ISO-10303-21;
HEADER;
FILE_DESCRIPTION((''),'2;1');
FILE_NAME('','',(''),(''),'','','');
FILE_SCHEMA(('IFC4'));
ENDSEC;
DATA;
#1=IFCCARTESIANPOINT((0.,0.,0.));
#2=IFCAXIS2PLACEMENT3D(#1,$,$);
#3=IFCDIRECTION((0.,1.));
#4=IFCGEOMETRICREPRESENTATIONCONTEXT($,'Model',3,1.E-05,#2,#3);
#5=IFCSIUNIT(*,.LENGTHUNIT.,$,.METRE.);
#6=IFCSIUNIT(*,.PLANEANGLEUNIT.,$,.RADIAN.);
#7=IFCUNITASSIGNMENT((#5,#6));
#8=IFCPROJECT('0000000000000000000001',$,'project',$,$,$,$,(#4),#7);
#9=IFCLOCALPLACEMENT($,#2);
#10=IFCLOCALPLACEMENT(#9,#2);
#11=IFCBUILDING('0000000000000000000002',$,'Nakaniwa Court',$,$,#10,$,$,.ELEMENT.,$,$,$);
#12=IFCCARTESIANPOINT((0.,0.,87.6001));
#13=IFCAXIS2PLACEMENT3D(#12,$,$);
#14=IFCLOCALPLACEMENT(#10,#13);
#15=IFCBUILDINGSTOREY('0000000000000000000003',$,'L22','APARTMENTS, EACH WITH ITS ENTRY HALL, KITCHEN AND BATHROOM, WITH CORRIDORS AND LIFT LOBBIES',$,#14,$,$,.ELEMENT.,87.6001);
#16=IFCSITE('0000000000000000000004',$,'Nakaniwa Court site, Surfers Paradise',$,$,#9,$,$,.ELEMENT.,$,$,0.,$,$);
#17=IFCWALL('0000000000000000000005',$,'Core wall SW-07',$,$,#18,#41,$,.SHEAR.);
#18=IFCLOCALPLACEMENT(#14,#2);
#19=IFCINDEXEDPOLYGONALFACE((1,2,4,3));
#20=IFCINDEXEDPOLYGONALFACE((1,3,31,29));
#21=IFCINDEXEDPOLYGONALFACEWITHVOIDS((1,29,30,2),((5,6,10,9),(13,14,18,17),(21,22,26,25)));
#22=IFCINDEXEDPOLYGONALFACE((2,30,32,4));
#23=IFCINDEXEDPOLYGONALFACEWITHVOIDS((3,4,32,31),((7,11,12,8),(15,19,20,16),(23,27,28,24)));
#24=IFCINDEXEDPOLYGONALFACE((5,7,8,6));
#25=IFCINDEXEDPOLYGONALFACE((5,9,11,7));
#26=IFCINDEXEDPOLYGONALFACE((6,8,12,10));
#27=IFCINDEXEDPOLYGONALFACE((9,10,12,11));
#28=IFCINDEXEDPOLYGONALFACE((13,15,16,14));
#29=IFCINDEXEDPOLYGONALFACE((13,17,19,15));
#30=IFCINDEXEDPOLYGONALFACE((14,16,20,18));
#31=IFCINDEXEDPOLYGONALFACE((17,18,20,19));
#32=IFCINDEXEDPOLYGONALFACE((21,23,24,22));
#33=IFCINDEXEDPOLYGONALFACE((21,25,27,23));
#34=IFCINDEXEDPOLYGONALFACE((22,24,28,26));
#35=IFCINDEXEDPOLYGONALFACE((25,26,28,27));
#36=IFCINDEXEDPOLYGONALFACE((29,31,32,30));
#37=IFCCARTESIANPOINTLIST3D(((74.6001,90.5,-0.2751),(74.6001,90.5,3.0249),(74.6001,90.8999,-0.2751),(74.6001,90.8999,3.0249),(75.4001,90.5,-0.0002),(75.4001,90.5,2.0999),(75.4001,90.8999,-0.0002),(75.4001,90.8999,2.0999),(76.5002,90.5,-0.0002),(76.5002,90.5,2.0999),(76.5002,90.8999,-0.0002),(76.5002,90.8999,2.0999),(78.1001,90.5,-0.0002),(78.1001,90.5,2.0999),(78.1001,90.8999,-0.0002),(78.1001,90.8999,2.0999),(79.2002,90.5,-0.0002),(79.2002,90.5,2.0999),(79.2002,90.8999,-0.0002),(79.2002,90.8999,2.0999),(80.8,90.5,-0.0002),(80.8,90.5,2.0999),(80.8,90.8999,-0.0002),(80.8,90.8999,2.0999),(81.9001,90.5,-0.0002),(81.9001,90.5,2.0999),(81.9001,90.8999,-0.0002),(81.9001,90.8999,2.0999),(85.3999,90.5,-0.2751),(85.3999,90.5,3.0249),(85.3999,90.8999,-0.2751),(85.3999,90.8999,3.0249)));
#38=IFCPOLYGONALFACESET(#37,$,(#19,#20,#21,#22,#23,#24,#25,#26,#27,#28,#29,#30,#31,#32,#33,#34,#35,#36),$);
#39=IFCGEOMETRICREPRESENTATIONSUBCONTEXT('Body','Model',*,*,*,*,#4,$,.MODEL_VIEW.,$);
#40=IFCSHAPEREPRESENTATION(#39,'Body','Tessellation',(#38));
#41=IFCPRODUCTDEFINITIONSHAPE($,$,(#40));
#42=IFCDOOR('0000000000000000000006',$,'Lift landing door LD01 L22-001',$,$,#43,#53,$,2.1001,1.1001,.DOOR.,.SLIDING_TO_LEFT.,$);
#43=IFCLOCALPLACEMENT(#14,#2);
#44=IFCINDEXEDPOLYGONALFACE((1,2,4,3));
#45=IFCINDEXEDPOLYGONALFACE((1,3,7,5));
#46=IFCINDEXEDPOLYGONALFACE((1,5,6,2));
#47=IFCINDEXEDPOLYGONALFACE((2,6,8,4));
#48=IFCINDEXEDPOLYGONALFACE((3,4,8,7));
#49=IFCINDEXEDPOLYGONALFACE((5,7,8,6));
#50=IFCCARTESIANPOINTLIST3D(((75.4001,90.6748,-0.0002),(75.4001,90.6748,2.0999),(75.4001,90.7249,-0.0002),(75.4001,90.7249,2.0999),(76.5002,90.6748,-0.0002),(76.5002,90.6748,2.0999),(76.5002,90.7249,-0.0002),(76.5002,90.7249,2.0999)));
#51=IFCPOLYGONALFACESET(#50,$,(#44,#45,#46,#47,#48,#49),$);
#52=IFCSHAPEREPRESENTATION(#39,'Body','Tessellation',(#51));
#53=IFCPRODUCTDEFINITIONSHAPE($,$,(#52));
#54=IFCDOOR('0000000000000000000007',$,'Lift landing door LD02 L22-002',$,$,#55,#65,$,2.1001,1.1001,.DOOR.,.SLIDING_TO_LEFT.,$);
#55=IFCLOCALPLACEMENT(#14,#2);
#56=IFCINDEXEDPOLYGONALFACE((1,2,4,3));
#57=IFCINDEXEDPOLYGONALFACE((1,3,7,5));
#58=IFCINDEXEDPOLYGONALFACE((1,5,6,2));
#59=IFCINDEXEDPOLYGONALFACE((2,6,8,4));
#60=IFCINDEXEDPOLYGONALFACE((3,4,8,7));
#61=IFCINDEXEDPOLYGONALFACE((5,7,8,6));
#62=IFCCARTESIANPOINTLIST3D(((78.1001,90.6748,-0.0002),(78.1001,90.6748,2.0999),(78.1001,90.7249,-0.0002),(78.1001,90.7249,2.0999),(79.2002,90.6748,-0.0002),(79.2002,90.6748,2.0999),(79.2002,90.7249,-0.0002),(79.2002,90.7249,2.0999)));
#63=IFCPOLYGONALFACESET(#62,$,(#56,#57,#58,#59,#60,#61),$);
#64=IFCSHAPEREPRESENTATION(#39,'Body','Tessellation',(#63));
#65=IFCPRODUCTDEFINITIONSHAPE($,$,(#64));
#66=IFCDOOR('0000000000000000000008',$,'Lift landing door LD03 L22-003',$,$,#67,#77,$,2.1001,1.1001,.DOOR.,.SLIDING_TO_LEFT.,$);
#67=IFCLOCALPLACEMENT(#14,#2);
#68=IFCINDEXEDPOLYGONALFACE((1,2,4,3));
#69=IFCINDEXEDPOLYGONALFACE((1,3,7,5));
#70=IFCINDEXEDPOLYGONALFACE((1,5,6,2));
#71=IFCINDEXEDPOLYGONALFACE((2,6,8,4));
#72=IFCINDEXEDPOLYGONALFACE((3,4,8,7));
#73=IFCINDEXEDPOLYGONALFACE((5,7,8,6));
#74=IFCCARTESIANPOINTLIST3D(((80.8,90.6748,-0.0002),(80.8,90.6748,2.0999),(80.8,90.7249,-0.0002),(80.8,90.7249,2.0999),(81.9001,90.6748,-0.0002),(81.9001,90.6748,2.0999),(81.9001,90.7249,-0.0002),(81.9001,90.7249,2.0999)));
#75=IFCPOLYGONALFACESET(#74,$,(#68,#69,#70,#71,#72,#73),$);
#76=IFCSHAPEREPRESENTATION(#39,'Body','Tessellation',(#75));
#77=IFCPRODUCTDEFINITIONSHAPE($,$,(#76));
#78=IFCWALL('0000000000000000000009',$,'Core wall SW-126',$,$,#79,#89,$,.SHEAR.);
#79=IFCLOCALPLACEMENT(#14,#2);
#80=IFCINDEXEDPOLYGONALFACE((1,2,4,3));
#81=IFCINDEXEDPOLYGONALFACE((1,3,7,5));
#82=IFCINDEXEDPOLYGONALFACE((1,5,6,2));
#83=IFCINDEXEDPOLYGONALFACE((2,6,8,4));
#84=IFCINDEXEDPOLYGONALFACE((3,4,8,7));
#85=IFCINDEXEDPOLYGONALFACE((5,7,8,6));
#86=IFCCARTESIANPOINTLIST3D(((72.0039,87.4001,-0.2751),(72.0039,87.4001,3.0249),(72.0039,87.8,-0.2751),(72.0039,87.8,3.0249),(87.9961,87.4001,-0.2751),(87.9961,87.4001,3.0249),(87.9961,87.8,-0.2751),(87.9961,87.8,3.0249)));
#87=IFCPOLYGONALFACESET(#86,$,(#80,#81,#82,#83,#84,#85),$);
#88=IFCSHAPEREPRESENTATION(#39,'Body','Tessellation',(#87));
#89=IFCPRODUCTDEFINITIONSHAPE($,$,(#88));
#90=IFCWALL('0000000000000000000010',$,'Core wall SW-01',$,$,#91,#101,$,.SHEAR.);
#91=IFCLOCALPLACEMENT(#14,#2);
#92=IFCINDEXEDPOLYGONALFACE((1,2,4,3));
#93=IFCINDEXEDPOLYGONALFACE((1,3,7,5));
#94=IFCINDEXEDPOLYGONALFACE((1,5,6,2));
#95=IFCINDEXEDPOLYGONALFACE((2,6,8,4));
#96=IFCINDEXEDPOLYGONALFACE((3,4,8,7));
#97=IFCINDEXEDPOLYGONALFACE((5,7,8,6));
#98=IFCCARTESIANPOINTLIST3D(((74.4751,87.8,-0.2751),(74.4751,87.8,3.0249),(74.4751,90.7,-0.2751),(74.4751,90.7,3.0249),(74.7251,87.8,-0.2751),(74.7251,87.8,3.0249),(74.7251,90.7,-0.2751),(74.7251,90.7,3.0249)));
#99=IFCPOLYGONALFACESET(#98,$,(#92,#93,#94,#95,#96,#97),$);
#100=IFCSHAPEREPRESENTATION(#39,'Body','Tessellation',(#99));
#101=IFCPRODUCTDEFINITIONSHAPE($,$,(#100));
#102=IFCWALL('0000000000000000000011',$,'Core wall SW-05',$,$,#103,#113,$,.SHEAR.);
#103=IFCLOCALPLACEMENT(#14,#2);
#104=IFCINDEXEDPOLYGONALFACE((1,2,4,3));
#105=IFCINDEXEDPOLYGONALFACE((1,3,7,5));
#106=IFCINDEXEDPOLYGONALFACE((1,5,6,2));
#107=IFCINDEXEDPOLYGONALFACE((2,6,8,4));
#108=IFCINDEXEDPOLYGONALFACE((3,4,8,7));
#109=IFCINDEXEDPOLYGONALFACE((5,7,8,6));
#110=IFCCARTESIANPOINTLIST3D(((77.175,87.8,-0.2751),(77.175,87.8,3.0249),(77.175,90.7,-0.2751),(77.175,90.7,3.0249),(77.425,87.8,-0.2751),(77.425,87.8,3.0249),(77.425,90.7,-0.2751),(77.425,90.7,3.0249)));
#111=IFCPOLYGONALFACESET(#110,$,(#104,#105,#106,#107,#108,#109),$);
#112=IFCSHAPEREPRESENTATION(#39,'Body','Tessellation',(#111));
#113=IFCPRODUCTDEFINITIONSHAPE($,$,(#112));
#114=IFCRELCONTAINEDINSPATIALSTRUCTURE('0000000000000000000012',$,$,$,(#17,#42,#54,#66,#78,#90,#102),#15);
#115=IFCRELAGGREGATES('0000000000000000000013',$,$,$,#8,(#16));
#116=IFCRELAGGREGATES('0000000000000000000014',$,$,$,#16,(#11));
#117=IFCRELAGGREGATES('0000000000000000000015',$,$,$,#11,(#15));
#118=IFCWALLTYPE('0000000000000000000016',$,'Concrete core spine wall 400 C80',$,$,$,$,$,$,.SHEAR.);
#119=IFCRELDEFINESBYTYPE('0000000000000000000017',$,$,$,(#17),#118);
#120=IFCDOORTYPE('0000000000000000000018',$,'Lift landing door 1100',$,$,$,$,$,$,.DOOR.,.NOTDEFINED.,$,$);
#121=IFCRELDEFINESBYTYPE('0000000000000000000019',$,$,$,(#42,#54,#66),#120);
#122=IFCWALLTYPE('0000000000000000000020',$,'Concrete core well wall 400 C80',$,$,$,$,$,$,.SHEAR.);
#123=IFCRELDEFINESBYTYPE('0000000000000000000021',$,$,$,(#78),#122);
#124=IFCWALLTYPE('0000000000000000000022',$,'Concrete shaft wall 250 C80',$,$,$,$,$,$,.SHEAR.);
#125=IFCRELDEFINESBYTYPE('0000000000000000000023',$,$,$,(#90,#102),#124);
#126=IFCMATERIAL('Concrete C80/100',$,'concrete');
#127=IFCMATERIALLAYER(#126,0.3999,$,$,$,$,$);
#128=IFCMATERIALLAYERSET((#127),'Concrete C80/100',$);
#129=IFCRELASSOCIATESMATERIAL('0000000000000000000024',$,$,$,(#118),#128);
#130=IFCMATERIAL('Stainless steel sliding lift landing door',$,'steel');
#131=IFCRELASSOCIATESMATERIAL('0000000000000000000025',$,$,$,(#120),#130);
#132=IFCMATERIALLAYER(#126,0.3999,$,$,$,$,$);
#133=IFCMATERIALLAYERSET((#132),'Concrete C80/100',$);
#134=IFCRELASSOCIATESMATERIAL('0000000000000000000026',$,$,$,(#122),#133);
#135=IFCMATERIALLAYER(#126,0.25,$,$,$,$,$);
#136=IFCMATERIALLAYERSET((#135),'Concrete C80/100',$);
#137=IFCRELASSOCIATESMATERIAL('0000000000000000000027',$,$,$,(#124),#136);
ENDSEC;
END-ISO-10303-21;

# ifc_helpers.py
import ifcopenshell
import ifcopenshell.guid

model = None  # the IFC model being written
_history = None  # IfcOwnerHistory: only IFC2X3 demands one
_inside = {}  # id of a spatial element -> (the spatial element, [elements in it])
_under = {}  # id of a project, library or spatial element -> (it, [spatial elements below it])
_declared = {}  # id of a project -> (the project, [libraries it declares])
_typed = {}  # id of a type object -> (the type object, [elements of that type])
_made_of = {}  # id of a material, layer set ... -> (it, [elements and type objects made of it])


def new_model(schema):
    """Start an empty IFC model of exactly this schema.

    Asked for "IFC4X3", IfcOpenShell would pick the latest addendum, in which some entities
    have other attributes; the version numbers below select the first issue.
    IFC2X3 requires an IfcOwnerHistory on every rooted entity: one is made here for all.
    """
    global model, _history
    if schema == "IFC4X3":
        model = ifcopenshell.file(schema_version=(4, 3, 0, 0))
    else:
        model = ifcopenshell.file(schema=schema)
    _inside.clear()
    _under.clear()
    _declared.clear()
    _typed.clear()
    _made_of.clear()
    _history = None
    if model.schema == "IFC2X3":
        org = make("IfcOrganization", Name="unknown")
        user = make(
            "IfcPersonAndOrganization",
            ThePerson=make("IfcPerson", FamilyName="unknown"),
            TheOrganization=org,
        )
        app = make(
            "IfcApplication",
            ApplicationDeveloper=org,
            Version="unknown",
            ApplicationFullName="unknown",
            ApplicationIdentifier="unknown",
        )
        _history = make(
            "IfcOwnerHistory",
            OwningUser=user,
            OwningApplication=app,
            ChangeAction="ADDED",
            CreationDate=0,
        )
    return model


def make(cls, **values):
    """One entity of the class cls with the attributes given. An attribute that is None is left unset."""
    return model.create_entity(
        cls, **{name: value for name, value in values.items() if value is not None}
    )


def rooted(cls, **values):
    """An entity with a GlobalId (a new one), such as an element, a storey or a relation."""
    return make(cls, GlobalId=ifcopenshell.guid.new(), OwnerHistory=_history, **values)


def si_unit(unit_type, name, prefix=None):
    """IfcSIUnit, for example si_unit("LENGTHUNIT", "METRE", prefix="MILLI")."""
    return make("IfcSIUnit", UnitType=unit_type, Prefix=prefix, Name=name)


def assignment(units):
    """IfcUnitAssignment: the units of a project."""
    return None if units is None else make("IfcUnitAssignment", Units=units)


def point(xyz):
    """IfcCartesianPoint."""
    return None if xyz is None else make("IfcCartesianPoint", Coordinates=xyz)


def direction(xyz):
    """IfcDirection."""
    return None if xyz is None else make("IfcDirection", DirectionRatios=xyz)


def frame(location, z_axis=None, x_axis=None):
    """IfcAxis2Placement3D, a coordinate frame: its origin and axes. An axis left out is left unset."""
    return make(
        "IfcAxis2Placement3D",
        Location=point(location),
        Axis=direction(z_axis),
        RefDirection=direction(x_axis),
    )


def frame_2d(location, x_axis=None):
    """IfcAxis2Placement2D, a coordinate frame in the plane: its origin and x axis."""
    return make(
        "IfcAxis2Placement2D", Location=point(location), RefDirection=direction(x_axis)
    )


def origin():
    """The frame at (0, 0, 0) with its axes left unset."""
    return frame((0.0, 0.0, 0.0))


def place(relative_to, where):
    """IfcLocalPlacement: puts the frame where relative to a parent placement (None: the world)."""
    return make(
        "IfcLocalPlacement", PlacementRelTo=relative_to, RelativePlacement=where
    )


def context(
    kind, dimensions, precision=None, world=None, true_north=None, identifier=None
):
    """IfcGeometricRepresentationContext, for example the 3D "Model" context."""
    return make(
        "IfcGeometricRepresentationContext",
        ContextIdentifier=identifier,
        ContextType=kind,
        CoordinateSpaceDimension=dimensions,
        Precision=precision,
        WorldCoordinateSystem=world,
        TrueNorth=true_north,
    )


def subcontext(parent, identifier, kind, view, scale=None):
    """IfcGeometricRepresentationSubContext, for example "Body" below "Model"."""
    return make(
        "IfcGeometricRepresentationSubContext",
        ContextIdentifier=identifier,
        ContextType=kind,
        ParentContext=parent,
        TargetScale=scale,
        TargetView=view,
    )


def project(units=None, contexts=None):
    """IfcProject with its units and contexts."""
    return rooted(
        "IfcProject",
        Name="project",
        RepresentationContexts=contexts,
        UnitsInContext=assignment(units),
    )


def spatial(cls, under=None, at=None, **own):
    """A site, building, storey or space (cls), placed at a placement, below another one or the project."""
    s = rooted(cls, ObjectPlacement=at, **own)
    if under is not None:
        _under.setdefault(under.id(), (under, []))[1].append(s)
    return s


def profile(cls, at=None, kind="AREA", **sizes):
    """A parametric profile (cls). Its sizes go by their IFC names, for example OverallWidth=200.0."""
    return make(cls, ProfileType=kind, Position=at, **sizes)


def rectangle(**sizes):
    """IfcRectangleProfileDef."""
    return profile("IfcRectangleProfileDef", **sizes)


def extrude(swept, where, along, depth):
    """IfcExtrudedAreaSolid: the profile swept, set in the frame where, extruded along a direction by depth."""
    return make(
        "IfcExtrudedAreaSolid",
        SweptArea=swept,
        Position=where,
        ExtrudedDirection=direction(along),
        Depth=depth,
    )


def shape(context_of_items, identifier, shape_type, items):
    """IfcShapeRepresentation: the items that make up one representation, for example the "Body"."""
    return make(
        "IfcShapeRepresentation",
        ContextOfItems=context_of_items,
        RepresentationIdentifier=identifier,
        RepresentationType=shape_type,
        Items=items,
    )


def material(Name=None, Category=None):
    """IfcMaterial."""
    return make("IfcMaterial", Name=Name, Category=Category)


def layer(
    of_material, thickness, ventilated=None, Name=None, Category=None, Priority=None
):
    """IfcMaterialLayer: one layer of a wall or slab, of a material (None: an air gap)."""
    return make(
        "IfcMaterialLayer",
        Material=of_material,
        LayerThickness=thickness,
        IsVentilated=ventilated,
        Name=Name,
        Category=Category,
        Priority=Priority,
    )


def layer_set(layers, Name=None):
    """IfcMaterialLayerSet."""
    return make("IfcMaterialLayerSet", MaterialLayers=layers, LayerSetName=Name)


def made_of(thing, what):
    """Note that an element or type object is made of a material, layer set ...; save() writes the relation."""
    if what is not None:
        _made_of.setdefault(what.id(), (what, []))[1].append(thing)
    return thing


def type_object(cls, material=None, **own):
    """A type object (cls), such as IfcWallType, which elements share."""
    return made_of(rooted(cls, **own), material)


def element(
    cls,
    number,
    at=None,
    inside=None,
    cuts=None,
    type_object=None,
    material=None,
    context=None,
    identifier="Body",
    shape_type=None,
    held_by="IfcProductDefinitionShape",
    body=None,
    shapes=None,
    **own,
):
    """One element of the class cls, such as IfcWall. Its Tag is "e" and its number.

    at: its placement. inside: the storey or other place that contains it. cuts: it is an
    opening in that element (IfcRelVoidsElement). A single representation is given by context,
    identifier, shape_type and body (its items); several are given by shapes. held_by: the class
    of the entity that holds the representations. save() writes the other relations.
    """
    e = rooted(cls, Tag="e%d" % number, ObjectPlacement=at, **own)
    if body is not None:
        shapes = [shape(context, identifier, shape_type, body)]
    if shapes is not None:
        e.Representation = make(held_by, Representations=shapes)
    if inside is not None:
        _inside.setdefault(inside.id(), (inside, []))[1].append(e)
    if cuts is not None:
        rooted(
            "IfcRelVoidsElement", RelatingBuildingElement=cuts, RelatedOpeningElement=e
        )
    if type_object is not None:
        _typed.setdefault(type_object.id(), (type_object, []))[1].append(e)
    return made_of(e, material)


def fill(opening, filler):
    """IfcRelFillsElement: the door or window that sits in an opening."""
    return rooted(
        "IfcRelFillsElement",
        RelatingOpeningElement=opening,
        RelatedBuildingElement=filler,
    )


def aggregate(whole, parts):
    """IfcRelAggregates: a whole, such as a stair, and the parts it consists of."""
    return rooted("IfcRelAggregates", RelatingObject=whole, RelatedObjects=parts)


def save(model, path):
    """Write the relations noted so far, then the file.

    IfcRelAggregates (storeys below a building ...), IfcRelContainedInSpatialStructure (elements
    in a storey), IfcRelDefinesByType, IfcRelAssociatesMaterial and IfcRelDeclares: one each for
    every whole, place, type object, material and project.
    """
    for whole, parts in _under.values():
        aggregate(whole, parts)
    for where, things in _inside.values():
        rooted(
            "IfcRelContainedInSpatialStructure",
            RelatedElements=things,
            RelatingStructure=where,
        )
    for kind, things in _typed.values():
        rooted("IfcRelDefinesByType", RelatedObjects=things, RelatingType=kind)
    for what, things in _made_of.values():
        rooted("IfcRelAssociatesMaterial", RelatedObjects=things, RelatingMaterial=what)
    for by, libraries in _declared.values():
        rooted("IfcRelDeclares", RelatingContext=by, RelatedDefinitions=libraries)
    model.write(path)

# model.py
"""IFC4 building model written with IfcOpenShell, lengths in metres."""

from ifc_helpers import new_model, si_unit, direction, frame, frame_2d, origin, place, context, subcontext, project, spatial, rectangle, extrude, material, layer, layer_set, type_object, element, fill, save


model = new_model("IFC4")

# Units and contexts
model_context = context("Model", 3, precision=1e-05, world=origin(), true_north=direction((0.0, 1.0)))
body_context = subcontext(model_context, "Body", "Model", "MODEL_VIEW")
ifc_project = project(units=[si_unit("LENGTHUNIT", "METRE"), si_unit("PLANEANGLEUNIT", "RADIAN")], contexts=[model_context])

# Site, building, storey
site_placement = place(None, origin())
site = spatial("IfcSite", under=ifc_project, at=site_placement, Name="Nakaniwa Court site, Surfers Paradise", CompositionType="ELEMENT", RefElevation=0.0)
building_placement = place(site_placement, origin())
building = spatial("IfcBuilding", under=site, at=building_placement, Name="Nakaniwa Court", CompositionType="ELEMENT")
storey_placement = place(building_placement, frame((0.0, 0.0, 87.6001)))
storey = spatial("IfcBuildingStorey", under=building, at=storey_placement, Name="L22", Description="APARTMENTS, EACH WITH ITS ENTRY HALL, KITCHEN AND BATHROOM, WITH CORRIDORS AND LIFT LOBBIES", CompositionType="ELEMENT", Elevation=87.6001)

# Shared definitions
ifc_material_1 = material(Name="Concrete C80/100", Category="concrete")

# Wall, openings, doors
ifc_layer_1 = layer(ifc_material_1, 0.3999)
ifc_layer_set_1 = layer_set([ifc_layer_1], Name="Concrete C80/100")
wall_type_1 = type_object("IfcWallType", Name="Concrete core spine wall 400 C80", PredefinedType="SHEAR", material=ifc_layer_set_1)
wall_1_placement = place(storey_placement, frame((74.6001, 90.7, -0.2751), z_axis=(0.0, 0.0, 1.0), x_axis=(1.0, 0.0, 0.0)))
wall_1 = element("IfcWall", 1, at=wall_1_placement, inside=storey, type_object=wall_type_1, Name="Core wall SW-07", PredefinedType="SHEAR", context=body_context, shape_type="SweptSolid", body=[
    extrude(rectangle(XDim=10.7998, YDim=0.3999, at=frame_2d((5.3999, 0.0))), origin(), (0.0, 0.0, 1.0), 3.3),
])
opening_1_placement = place(wall_1_placement, frame((0.8, 0.0, 0.2749)))
opening_1 = element("IfcOpeningElement", 2, at=opening_1_placement, cuts=wall_1, PredefinedType="OPENING", context=body_context, shape_type="SweptSolid", body=[
    extrude(rectangle(XDim=1.1001, YDim=2.1001, at=frame_2d((0.55, 1.05))), frame((0.0, 0.21, 0.0), z_axis=(0.0, -1.0, 0.0), x_axis=(1.0, 0.0, 0.0)), (0.0, 0.0, 1.0), 0.4199),
])
opening_2_placement = place(wall_1_placement, frame((3.5, 0.0, 0.2749)))
opening_2 = element("IfcOpeningElement", 3, at=opening_2_placement, cuts=wall_1, PredefinedType="OPENING", context=body_context, shape_type="SweptSolid", body=[
    extrude(rectangle(XDim=1.1001, YDim=2.1001, at=frame_2d((0.55, 1.05))), frame((0.0, 0.21, 0.0), z_axis=(0.0, -1.0, 0.0), x_axis=(1.0, 0.0, 0.0)), (0.0, 0.0, 1.0), 0.4199),
])
opening_3_placement = place(wall_1_placement, frame((6.2, 0.0, 0.2749)))
opening_3 = element("IfcOpeningElement", 4, at=opening_3_placement, cuts=wall_1, PredefinedType="OPENING", context=body_context, shape_type="SweptSolid", body=[
    extrude(rectangle(XDim=1.1001, YDim=2.1001, at=frame_2d((0.55, 1.05))), frame((0.0, 0.21, 0.0), z_axis=(0.0, -1.0, 0.0), x_axis=(1.0, 0.0, 0.0)), (0.0, 0.0, 1.0), 0.4199),
])
ifc_material_2 = material(Name="Stainless steel sliding lift landing door", Category="steel")
door_type_1 = type_object("IfcDoorType", Name="Lift landing door 1100", OperationType="NOTDEFINED", PredefinedType="DOOR", material=ifc_material_2)
door_1_placement = place(opening_1_placement, origin())
door_1 = element("IfcDoor", 5, at=door_1_placement, inside=storey, type_object=door_type_1, Name="Lift landing door LD01 L22-001", OperationType="SLIDING_TO_LEFT", OverallHeight=2.1001, OverallWidth=1.1001, PredefinedType="DOOR", context=body_context, shape_type="SweptSolid", body=[
    extrude(rectangle(XDim=1.1001, YDim=2.1001, at=frame_2d((0.55, 1.05))), frame((0.0, 0.0249, 0.0), z_axis=(0.0, -1.0, 0.0), x_axis=(1.0, 0.0, 0.0)), (0.0, 0.0, 1.0), 0.05),
])
fill(opening_1, door_1)
door_2_placement = place(opening_2_placement, origin())
door_2 = element("IfcDoor", 6, at=door_2_placement, inside=storey, type_object=door_type_1, Name="Lift landing door LD02 L22-002", OperationType="SLIDING_TO_LEFT", OverallHeight=2.1001, OverallWidth=1.1001, PredefinedType="DOOR", context=body_context, shape_type="SweptSolid", body=[
    extrude(rectangle(XDim=1.1001, YDim=2.1001, at=frame_2d((0.55, 1.05))), frame((0.0, 0.0249, 0.0), z_axis=(0.0, -1.0, 0.0), x_axis=(1.0, 0.0, 0.0)), (0.0, 0.0, 1.0), 0.05),
])
fill(opening_2, door_2)
door_3_placement = place(opening_3_placement, origin())
door_3 = element("IfcDoor", 7, at=door_3_placement, inside=storey, type_object=door_type_1, Name="Lift landing door LD03 L22-003", OperationType="SLIDING_TO_LEFT", OverallHeight=2.1001, OverallWidth=1.1001, PredefinedType="DOOR", context=body_context, shape_type="SweptSolid", body=[
    extrude(rectangle(XDim=1.1001, YDim=2.1001, at=frame_2d((0.55, 1.05))), frame((0.0, 0.0249, 0.0), z_axis=(0.0, -1.0, 0.0), x_axis=(1.0, 0.0, 0.0)), (0.0, 0.0, 1.0), 0.05),
])
fill(opening_3, door_3)

# Walls
ifc_layer_2 = layer(ifc_material_1, 0.3999)
ifc_layer_set_2 = layer_set([ifc_layer_2], Name="Concrete C80/100")
wall_type_2 = type_object("IfcWallType", Name="Concrete core well wall 400 C80", PredefinedType="SHEAR", material=ifc_layer_set_2)
wall_2_placement = place(storey_placement, frame((72.0039, 87.6001, -0.2751), z_axis=(0.0, 0.0, 1.0), x_axis=(1.0, 0.0, 0.0)))
element("IfcWall", 8, at=wall_2_placement, inside=storey, type_object=wall_type_2, Name="Core wall SW-126", PredefinedType="SHEAR", context=body_context, shape_type="SweptSolid", body=[
    extrude(rectangle(XDim=15.9922, YDim=0.3999, at=frame_2d((7.9961, 0.0))), origin(), (0.0, 0.0, 1.0), 3.3),
])
ifc_layer_3 = layer(ifc_material_1, 0.25)
ifc_layer_set_3 = layer_set([ifc_layer_3], Name="Concrete C80/100")
wall_type_3 = type_object("IfcWallType", Name="Concrete shaft wall 250 C80", PredefinedType="SHEAR", material=ifc_layer_set_3)
for number, where, z_axis, x_axis, name in (
    (9, (74.6001, 87.8, -0.2751), (0.0, 0.0, 1.0), (0.0, 1.0, 0.0), "Core wall SW-01"),
    (10, (77.3, 87.8, -0.2751), (0.0, 0.0, 1.0), (0.0, 1.0, 0.0), "Core wall SW-05"),
):
    element("IfcWall", number, at=place(storey_placement, frame(where, z_axis=z_axis, x_axis=x_axis)), inside=storey, type_object=wall_type_3, Name=name, PredefinedType="SHEAR", context=body_context, shape_type="SweptSolid", body=[
        extrude(rectangle(XDim=2.8999, YDim=0.25, at=frame_2d((1.45, 0.0))), origin(), (0.0, 0.0, 1.0), 3.3),
    ])

save(model, "model.ifc")
